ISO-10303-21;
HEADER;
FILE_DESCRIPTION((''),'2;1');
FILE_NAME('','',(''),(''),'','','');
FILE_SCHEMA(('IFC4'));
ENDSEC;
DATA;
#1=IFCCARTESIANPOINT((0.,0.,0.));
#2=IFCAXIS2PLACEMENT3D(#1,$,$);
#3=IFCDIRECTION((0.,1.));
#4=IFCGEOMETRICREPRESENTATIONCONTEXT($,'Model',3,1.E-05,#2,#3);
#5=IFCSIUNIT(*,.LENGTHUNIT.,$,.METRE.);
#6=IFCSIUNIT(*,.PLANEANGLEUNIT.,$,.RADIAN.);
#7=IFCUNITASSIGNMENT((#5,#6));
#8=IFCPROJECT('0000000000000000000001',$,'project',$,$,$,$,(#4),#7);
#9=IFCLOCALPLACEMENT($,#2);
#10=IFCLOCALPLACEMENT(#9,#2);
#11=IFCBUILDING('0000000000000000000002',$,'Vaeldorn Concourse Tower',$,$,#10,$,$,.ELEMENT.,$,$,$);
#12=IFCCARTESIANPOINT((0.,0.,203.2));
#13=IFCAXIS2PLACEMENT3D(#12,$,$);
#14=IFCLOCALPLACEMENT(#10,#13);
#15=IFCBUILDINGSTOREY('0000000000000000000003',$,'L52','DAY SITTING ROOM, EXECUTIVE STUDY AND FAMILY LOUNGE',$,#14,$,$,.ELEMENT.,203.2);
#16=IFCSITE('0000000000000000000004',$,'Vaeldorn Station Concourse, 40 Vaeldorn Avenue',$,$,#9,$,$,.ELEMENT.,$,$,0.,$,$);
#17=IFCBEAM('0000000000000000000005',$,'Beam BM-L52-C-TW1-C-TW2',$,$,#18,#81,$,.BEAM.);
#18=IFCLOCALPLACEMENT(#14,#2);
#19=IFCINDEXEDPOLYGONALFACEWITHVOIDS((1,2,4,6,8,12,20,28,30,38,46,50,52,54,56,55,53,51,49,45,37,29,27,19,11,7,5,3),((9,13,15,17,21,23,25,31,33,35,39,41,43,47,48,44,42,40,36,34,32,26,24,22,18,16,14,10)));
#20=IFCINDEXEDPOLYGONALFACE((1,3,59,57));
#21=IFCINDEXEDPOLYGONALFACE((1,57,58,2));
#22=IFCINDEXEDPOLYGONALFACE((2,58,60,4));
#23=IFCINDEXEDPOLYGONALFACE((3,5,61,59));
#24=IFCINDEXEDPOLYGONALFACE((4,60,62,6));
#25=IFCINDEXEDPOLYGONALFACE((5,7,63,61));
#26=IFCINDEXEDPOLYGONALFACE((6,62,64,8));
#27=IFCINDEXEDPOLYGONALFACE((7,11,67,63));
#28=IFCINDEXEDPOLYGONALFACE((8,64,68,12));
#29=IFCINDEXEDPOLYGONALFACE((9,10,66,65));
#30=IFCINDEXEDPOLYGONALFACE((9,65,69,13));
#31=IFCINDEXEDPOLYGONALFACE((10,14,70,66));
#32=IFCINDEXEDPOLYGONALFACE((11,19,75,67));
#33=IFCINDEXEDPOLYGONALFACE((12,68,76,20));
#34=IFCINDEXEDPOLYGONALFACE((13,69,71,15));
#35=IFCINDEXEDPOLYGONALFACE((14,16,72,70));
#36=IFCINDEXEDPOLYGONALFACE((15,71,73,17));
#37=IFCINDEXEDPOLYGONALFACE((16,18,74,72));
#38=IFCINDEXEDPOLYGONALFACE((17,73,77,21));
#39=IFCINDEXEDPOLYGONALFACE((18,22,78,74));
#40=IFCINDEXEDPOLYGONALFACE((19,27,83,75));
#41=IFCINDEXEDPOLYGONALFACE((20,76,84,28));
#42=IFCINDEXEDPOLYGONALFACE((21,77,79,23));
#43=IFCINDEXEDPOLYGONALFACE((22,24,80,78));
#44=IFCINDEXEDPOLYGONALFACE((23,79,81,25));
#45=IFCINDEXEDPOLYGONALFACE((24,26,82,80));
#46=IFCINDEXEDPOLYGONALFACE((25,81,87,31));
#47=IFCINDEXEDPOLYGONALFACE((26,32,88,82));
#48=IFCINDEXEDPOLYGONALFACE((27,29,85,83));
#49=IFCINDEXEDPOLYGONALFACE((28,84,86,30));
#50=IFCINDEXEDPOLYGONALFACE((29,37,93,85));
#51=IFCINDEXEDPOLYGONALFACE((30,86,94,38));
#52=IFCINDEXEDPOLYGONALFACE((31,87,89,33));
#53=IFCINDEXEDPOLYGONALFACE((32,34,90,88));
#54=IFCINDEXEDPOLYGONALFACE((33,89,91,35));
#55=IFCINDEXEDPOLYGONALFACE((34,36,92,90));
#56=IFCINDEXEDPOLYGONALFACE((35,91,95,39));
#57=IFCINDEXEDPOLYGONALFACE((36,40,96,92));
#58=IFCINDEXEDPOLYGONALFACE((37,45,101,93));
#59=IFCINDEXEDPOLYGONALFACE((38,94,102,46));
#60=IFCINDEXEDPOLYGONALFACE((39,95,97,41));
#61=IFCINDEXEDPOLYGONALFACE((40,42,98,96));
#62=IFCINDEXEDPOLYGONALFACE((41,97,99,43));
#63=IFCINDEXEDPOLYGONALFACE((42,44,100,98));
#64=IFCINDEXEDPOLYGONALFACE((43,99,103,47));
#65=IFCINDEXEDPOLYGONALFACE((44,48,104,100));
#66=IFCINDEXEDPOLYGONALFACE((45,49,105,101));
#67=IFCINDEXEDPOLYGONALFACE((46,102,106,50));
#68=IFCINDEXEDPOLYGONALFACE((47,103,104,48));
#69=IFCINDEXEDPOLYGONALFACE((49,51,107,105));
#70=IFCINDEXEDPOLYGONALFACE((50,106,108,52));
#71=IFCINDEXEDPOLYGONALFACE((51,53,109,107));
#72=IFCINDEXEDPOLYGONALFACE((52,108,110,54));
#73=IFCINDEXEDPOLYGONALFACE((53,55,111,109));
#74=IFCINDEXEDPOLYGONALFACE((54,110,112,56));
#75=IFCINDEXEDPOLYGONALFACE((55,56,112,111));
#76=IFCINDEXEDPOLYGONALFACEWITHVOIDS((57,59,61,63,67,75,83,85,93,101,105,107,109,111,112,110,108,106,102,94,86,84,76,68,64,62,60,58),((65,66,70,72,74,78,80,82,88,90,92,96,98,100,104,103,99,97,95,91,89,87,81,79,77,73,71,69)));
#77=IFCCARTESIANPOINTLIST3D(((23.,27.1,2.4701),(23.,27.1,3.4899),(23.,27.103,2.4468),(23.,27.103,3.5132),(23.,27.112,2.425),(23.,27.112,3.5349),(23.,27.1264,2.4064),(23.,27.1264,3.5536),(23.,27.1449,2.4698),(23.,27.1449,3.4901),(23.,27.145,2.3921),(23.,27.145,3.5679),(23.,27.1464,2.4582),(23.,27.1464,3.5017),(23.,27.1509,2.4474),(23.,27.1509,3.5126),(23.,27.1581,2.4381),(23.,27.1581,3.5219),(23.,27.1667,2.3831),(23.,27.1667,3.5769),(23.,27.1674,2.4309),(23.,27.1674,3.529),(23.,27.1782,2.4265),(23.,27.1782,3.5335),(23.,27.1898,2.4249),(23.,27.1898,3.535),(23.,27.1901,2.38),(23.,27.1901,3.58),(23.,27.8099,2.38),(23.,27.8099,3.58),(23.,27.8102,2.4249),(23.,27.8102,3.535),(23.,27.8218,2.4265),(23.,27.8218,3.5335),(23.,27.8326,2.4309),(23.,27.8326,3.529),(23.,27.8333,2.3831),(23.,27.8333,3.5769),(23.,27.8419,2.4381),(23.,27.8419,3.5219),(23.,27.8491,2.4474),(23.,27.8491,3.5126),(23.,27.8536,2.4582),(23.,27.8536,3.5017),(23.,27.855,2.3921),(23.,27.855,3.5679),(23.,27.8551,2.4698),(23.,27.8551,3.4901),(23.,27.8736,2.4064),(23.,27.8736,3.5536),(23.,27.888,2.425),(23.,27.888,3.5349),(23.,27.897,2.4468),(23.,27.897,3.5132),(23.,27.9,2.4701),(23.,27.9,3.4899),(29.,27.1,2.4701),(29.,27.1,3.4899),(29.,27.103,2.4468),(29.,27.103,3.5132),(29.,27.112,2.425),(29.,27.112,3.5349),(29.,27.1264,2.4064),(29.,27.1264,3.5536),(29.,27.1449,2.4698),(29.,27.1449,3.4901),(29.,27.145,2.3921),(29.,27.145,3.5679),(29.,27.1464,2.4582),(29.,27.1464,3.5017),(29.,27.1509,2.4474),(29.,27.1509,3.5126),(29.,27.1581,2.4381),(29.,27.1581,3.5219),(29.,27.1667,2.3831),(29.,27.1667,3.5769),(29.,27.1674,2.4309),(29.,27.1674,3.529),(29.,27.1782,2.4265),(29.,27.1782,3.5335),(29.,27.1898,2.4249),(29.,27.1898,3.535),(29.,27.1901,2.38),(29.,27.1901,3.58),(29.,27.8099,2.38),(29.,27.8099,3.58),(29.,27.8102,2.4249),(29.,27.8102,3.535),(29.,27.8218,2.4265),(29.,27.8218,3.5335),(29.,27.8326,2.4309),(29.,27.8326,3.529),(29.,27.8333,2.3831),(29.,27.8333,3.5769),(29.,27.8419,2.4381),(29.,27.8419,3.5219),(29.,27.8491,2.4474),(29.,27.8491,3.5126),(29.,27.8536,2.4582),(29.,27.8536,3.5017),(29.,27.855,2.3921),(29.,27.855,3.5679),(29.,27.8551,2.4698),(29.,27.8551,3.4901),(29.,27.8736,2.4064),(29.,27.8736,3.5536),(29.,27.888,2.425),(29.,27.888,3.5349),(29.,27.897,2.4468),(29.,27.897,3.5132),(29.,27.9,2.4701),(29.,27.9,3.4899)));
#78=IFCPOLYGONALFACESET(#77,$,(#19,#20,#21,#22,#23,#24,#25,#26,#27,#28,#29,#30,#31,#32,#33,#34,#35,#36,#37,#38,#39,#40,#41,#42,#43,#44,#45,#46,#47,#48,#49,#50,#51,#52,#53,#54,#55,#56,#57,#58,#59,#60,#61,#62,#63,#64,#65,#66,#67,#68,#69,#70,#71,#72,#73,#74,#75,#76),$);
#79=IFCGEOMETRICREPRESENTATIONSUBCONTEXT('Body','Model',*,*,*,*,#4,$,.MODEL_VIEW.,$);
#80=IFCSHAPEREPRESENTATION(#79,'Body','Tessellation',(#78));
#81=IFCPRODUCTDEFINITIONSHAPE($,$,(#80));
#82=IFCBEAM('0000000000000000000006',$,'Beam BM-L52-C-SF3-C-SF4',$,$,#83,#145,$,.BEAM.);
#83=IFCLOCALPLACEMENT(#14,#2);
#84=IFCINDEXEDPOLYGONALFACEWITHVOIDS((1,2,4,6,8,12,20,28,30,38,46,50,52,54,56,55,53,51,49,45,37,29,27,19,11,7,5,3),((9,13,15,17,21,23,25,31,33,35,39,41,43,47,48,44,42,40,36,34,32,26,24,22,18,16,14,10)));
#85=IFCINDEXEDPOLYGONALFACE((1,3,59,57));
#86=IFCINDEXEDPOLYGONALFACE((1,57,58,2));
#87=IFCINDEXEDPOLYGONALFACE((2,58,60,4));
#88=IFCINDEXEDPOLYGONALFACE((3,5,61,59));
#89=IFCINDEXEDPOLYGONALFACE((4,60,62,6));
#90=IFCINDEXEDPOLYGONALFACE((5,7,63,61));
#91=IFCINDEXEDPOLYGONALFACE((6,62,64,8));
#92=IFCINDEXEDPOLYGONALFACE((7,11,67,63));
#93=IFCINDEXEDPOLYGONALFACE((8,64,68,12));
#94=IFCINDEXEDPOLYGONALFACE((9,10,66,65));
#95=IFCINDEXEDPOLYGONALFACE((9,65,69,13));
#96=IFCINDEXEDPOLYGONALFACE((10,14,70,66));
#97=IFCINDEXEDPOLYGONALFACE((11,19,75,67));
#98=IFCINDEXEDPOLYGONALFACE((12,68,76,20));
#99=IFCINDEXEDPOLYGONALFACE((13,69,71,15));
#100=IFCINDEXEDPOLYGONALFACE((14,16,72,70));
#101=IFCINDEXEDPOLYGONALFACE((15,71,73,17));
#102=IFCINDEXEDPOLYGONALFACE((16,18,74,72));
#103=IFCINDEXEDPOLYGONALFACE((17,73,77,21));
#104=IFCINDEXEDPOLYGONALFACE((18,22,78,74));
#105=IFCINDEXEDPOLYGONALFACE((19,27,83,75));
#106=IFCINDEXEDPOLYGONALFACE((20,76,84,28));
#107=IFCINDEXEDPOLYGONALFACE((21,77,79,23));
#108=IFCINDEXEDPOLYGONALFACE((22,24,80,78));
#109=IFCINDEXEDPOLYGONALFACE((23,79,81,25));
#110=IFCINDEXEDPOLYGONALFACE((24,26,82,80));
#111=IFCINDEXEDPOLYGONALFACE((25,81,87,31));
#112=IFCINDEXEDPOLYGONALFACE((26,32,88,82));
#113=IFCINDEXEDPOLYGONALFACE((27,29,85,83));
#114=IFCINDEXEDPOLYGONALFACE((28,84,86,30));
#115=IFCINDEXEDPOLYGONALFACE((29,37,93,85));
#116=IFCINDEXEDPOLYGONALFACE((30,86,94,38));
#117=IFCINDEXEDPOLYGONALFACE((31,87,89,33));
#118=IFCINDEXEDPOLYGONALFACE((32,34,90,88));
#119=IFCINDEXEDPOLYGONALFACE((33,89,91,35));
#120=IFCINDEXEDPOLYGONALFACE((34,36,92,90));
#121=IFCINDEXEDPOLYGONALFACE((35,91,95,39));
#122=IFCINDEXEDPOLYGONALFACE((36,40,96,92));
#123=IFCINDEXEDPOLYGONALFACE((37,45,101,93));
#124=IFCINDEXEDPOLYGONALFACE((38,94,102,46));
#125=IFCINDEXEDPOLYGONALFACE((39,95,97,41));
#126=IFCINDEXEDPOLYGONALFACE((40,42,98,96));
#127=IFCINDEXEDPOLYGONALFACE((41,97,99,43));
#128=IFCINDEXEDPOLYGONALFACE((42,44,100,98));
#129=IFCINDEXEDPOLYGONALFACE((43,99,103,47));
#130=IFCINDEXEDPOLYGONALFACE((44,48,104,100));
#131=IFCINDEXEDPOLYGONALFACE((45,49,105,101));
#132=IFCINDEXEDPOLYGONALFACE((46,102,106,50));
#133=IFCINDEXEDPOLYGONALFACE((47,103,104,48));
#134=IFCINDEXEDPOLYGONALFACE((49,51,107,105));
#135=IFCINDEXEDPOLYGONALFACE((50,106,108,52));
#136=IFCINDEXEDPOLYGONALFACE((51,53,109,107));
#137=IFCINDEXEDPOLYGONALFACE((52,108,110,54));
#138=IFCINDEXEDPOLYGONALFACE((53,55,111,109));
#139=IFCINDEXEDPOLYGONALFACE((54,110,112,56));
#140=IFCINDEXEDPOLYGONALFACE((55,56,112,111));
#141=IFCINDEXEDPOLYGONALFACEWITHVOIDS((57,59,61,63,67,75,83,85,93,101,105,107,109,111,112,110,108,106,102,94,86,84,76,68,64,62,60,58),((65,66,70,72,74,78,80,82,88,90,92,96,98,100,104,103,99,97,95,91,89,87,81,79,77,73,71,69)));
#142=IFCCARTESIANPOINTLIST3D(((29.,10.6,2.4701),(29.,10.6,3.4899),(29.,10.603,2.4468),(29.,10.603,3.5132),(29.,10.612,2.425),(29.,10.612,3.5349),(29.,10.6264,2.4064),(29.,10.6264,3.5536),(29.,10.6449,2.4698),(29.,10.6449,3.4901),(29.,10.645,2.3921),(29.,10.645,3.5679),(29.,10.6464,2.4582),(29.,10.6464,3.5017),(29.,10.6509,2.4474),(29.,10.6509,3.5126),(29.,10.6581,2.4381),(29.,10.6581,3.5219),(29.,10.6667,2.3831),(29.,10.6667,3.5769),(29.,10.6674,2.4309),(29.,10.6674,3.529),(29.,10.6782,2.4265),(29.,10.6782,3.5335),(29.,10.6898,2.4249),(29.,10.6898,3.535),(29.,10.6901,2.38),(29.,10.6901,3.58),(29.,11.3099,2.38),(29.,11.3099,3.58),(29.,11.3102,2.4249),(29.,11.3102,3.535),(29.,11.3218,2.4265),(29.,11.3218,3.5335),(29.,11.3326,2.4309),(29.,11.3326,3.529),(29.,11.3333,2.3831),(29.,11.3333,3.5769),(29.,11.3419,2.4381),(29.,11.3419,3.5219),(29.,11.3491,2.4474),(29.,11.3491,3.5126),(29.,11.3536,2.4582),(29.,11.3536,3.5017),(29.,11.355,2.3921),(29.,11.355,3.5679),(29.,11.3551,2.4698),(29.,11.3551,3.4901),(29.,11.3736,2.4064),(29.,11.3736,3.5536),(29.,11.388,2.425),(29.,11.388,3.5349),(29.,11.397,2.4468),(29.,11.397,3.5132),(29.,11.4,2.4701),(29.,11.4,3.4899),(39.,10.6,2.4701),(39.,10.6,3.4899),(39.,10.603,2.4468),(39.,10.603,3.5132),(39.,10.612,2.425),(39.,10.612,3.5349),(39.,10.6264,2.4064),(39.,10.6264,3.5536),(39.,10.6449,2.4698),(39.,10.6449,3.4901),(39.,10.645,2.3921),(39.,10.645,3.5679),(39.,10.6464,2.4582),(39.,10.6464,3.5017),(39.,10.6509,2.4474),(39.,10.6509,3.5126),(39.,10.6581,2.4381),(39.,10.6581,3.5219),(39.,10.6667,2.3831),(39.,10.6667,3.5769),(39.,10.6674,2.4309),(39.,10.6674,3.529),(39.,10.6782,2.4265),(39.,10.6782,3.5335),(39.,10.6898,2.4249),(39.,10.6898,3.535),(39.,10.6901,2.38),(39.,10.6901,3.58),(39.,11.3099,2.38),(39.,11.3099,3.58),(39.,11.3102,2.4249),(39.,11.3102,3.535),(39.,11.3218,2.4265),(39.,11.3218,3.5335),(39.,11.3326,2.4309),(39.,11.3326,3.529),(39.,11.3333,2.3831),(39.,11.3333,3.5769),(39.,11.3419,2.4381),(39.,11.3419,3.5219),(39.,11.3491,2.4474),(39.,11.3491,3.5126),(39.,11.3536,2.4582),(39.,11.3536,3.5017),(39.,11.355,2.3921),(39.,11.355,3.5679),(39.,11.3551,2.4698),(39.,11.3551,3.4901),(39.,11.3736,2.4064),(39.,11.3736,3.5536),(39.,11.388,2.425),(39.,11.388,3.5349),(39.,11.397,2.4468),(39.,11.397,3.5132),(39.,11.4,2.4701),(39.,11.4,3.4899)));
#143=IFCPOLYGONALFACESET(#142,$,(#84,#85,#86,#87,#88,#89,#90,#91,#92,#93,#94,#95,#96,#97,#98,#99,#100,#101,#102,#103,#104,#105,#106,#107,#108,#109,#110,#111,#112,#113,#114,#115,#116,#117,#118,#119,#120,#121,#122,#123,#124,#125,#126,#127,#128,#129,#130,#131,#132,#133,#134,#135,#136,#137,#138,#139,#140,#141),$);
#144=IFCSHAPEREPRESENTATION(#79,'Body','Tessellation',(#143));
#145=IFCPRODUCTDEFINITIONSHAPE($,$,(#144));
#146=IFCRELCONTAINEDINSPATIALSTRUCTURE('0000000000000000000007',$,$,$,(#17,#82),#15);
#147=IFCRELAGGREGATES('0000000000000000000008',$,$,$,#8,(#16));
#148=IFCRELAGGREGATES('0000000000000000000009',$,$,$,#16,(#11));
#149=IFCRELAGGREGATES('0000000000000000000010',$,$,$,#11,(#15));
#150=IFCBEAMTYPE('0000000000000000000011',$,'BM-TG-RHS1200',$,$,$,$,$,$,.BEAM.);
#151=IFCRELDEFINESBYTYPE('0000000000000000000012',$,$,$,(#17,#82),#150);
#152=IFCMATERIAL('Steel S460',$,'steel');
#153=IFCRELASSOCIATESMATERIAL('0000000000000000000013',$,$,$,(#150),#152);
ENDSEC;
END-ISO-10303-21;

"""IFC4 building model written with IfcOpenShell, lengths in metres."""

from ifc_helpers import new_model, si_unit, direction, frame, origin, origin_2d, place, context, subcontext, project, spatial, hollow_rectangle, extrude, source, transform, mapped, material, material_profile, profile_set, type_object, element, save


model = new_model("IFC4")

# Units and contexts
model_context = context("Model", 3, precision=1e-05, world=origin(), true_north=direction((0.0, 1.0)))
body_context = subcontext(model_context, "Body", "Model", "MODEL_VIEW")
ifc_project = project(units=[si_unit("LENGTHUNIT", "METRE"), si_unit("PLANEANGLEUNIT", "RADIAN")], contexts=[model_context])

# Site, building, storey
site_placement = place(None, origin())
site = spatial("IfcSite", under=ifc_project, at=site_placement, Name="Vaeldorn Station Concourse, 40 Vaeldorn Avenue", CompositionType="ELEMENT", RefElevation=0.0)
building_placement = place(site_placement, origin())
building = spatial("IfcBuilding", under=site, at=building_placement, Name="Vaeldorn Concourse Tower", CompositionType="ELEMENT")
storey_placement = place(building_placement, frame((0.0, 0.0, 203.2)))
storey = spatial("IfcBuildingStorey", under=building, at=storey_placement, Name="L52", Description="DAY SITTING ROOM, EXECUTIVE STUDY AND FAMILY LOUNGE", CompositionType="ELEMENT", Elevation=203.2)

# Shared definitions
ifc_material_1 = material(Name="Steel S460", Category="steel")

# Beams
ifc_material_profile_1 = material_profile(ifc_material_1, hollow_rectangle(XDim=0.8, YDim=1.2, WallThickness=0.0449, InnerFilletRadius=0.0449, OuterFilletRadius=0.0901, at=origin_2d()), Name="RHS 1200x800x45")
ifc_profile_set_1 = profile_set([ifc_material_profile_1], Name="Steel S460")
beam_type_1 = type_object("IfcBeamType", Name="BM-TG-RHS1200", PredefinedType="BEAM", material=ifc_profile_set_1)
shared_shape_1 = source(origin(), body_context, "Body", "SweptSolid", [
    extrude(hollow_rectangle(XDim=0.8, YDim=1.2, WallThickness=0.0449, InnerFilletRadius=0.0449, OuterFilletRadius=0.0901, at=origin_2d()), origin(), (0.0, 0.0, 1.0), 6.0),
])
beam_1_placement = place(storey_placement, frame((23.0, 27.5, 2.98), z_axis=(1.0, 0.0, 0.0), x_axis=(0.0, 1.0, 0.0)))
element("IfcBeam", 1, at=beam_1_placement, inside=storey, type_object=beam_type_1, Name="Beam BM-L52-C-TW1-C-TW2", PredefinedType="BEAM", context=body_context, shape_type="MappedRepresentation", body=[
    mapped(shared_shape_1, transform((0.0, 0.0, 0.0), scale=1.0)),
])
shared_shape_2 = source(origin(), body_context, "Body", "SweptSolid", [
    extrude(hollow_rectangle(XDim=0.8, YDim=1.2, WallThickness=0.0449, InnerFilletRadius=0.0449, OuterFilletRadius=0.0901, at=origin_2d()), origin(), (0.0, 0.0, 1.0), 10.0),
])
beam_2_placement = place(storey_placement, frame((29.0, 11.0, 2.98), z_axis=(1.0, 0.0, 0.0), x_axis=(0.0, 1.0, 0.0)))
element("IfcBeam", 2, at=beam_2_placement, inside=storey, type_object=beam_type_1, Name="Beam BM-L52-C-SF3-C-SF4", PredefinedType="BEAM", context=body_context, shape_type="MappedRepresentation", body=[
    mapped(shared_shape_2, transform((0.0, 0.0, 0.0), scale=1.0)),
])

save(model, "model.ifc")
